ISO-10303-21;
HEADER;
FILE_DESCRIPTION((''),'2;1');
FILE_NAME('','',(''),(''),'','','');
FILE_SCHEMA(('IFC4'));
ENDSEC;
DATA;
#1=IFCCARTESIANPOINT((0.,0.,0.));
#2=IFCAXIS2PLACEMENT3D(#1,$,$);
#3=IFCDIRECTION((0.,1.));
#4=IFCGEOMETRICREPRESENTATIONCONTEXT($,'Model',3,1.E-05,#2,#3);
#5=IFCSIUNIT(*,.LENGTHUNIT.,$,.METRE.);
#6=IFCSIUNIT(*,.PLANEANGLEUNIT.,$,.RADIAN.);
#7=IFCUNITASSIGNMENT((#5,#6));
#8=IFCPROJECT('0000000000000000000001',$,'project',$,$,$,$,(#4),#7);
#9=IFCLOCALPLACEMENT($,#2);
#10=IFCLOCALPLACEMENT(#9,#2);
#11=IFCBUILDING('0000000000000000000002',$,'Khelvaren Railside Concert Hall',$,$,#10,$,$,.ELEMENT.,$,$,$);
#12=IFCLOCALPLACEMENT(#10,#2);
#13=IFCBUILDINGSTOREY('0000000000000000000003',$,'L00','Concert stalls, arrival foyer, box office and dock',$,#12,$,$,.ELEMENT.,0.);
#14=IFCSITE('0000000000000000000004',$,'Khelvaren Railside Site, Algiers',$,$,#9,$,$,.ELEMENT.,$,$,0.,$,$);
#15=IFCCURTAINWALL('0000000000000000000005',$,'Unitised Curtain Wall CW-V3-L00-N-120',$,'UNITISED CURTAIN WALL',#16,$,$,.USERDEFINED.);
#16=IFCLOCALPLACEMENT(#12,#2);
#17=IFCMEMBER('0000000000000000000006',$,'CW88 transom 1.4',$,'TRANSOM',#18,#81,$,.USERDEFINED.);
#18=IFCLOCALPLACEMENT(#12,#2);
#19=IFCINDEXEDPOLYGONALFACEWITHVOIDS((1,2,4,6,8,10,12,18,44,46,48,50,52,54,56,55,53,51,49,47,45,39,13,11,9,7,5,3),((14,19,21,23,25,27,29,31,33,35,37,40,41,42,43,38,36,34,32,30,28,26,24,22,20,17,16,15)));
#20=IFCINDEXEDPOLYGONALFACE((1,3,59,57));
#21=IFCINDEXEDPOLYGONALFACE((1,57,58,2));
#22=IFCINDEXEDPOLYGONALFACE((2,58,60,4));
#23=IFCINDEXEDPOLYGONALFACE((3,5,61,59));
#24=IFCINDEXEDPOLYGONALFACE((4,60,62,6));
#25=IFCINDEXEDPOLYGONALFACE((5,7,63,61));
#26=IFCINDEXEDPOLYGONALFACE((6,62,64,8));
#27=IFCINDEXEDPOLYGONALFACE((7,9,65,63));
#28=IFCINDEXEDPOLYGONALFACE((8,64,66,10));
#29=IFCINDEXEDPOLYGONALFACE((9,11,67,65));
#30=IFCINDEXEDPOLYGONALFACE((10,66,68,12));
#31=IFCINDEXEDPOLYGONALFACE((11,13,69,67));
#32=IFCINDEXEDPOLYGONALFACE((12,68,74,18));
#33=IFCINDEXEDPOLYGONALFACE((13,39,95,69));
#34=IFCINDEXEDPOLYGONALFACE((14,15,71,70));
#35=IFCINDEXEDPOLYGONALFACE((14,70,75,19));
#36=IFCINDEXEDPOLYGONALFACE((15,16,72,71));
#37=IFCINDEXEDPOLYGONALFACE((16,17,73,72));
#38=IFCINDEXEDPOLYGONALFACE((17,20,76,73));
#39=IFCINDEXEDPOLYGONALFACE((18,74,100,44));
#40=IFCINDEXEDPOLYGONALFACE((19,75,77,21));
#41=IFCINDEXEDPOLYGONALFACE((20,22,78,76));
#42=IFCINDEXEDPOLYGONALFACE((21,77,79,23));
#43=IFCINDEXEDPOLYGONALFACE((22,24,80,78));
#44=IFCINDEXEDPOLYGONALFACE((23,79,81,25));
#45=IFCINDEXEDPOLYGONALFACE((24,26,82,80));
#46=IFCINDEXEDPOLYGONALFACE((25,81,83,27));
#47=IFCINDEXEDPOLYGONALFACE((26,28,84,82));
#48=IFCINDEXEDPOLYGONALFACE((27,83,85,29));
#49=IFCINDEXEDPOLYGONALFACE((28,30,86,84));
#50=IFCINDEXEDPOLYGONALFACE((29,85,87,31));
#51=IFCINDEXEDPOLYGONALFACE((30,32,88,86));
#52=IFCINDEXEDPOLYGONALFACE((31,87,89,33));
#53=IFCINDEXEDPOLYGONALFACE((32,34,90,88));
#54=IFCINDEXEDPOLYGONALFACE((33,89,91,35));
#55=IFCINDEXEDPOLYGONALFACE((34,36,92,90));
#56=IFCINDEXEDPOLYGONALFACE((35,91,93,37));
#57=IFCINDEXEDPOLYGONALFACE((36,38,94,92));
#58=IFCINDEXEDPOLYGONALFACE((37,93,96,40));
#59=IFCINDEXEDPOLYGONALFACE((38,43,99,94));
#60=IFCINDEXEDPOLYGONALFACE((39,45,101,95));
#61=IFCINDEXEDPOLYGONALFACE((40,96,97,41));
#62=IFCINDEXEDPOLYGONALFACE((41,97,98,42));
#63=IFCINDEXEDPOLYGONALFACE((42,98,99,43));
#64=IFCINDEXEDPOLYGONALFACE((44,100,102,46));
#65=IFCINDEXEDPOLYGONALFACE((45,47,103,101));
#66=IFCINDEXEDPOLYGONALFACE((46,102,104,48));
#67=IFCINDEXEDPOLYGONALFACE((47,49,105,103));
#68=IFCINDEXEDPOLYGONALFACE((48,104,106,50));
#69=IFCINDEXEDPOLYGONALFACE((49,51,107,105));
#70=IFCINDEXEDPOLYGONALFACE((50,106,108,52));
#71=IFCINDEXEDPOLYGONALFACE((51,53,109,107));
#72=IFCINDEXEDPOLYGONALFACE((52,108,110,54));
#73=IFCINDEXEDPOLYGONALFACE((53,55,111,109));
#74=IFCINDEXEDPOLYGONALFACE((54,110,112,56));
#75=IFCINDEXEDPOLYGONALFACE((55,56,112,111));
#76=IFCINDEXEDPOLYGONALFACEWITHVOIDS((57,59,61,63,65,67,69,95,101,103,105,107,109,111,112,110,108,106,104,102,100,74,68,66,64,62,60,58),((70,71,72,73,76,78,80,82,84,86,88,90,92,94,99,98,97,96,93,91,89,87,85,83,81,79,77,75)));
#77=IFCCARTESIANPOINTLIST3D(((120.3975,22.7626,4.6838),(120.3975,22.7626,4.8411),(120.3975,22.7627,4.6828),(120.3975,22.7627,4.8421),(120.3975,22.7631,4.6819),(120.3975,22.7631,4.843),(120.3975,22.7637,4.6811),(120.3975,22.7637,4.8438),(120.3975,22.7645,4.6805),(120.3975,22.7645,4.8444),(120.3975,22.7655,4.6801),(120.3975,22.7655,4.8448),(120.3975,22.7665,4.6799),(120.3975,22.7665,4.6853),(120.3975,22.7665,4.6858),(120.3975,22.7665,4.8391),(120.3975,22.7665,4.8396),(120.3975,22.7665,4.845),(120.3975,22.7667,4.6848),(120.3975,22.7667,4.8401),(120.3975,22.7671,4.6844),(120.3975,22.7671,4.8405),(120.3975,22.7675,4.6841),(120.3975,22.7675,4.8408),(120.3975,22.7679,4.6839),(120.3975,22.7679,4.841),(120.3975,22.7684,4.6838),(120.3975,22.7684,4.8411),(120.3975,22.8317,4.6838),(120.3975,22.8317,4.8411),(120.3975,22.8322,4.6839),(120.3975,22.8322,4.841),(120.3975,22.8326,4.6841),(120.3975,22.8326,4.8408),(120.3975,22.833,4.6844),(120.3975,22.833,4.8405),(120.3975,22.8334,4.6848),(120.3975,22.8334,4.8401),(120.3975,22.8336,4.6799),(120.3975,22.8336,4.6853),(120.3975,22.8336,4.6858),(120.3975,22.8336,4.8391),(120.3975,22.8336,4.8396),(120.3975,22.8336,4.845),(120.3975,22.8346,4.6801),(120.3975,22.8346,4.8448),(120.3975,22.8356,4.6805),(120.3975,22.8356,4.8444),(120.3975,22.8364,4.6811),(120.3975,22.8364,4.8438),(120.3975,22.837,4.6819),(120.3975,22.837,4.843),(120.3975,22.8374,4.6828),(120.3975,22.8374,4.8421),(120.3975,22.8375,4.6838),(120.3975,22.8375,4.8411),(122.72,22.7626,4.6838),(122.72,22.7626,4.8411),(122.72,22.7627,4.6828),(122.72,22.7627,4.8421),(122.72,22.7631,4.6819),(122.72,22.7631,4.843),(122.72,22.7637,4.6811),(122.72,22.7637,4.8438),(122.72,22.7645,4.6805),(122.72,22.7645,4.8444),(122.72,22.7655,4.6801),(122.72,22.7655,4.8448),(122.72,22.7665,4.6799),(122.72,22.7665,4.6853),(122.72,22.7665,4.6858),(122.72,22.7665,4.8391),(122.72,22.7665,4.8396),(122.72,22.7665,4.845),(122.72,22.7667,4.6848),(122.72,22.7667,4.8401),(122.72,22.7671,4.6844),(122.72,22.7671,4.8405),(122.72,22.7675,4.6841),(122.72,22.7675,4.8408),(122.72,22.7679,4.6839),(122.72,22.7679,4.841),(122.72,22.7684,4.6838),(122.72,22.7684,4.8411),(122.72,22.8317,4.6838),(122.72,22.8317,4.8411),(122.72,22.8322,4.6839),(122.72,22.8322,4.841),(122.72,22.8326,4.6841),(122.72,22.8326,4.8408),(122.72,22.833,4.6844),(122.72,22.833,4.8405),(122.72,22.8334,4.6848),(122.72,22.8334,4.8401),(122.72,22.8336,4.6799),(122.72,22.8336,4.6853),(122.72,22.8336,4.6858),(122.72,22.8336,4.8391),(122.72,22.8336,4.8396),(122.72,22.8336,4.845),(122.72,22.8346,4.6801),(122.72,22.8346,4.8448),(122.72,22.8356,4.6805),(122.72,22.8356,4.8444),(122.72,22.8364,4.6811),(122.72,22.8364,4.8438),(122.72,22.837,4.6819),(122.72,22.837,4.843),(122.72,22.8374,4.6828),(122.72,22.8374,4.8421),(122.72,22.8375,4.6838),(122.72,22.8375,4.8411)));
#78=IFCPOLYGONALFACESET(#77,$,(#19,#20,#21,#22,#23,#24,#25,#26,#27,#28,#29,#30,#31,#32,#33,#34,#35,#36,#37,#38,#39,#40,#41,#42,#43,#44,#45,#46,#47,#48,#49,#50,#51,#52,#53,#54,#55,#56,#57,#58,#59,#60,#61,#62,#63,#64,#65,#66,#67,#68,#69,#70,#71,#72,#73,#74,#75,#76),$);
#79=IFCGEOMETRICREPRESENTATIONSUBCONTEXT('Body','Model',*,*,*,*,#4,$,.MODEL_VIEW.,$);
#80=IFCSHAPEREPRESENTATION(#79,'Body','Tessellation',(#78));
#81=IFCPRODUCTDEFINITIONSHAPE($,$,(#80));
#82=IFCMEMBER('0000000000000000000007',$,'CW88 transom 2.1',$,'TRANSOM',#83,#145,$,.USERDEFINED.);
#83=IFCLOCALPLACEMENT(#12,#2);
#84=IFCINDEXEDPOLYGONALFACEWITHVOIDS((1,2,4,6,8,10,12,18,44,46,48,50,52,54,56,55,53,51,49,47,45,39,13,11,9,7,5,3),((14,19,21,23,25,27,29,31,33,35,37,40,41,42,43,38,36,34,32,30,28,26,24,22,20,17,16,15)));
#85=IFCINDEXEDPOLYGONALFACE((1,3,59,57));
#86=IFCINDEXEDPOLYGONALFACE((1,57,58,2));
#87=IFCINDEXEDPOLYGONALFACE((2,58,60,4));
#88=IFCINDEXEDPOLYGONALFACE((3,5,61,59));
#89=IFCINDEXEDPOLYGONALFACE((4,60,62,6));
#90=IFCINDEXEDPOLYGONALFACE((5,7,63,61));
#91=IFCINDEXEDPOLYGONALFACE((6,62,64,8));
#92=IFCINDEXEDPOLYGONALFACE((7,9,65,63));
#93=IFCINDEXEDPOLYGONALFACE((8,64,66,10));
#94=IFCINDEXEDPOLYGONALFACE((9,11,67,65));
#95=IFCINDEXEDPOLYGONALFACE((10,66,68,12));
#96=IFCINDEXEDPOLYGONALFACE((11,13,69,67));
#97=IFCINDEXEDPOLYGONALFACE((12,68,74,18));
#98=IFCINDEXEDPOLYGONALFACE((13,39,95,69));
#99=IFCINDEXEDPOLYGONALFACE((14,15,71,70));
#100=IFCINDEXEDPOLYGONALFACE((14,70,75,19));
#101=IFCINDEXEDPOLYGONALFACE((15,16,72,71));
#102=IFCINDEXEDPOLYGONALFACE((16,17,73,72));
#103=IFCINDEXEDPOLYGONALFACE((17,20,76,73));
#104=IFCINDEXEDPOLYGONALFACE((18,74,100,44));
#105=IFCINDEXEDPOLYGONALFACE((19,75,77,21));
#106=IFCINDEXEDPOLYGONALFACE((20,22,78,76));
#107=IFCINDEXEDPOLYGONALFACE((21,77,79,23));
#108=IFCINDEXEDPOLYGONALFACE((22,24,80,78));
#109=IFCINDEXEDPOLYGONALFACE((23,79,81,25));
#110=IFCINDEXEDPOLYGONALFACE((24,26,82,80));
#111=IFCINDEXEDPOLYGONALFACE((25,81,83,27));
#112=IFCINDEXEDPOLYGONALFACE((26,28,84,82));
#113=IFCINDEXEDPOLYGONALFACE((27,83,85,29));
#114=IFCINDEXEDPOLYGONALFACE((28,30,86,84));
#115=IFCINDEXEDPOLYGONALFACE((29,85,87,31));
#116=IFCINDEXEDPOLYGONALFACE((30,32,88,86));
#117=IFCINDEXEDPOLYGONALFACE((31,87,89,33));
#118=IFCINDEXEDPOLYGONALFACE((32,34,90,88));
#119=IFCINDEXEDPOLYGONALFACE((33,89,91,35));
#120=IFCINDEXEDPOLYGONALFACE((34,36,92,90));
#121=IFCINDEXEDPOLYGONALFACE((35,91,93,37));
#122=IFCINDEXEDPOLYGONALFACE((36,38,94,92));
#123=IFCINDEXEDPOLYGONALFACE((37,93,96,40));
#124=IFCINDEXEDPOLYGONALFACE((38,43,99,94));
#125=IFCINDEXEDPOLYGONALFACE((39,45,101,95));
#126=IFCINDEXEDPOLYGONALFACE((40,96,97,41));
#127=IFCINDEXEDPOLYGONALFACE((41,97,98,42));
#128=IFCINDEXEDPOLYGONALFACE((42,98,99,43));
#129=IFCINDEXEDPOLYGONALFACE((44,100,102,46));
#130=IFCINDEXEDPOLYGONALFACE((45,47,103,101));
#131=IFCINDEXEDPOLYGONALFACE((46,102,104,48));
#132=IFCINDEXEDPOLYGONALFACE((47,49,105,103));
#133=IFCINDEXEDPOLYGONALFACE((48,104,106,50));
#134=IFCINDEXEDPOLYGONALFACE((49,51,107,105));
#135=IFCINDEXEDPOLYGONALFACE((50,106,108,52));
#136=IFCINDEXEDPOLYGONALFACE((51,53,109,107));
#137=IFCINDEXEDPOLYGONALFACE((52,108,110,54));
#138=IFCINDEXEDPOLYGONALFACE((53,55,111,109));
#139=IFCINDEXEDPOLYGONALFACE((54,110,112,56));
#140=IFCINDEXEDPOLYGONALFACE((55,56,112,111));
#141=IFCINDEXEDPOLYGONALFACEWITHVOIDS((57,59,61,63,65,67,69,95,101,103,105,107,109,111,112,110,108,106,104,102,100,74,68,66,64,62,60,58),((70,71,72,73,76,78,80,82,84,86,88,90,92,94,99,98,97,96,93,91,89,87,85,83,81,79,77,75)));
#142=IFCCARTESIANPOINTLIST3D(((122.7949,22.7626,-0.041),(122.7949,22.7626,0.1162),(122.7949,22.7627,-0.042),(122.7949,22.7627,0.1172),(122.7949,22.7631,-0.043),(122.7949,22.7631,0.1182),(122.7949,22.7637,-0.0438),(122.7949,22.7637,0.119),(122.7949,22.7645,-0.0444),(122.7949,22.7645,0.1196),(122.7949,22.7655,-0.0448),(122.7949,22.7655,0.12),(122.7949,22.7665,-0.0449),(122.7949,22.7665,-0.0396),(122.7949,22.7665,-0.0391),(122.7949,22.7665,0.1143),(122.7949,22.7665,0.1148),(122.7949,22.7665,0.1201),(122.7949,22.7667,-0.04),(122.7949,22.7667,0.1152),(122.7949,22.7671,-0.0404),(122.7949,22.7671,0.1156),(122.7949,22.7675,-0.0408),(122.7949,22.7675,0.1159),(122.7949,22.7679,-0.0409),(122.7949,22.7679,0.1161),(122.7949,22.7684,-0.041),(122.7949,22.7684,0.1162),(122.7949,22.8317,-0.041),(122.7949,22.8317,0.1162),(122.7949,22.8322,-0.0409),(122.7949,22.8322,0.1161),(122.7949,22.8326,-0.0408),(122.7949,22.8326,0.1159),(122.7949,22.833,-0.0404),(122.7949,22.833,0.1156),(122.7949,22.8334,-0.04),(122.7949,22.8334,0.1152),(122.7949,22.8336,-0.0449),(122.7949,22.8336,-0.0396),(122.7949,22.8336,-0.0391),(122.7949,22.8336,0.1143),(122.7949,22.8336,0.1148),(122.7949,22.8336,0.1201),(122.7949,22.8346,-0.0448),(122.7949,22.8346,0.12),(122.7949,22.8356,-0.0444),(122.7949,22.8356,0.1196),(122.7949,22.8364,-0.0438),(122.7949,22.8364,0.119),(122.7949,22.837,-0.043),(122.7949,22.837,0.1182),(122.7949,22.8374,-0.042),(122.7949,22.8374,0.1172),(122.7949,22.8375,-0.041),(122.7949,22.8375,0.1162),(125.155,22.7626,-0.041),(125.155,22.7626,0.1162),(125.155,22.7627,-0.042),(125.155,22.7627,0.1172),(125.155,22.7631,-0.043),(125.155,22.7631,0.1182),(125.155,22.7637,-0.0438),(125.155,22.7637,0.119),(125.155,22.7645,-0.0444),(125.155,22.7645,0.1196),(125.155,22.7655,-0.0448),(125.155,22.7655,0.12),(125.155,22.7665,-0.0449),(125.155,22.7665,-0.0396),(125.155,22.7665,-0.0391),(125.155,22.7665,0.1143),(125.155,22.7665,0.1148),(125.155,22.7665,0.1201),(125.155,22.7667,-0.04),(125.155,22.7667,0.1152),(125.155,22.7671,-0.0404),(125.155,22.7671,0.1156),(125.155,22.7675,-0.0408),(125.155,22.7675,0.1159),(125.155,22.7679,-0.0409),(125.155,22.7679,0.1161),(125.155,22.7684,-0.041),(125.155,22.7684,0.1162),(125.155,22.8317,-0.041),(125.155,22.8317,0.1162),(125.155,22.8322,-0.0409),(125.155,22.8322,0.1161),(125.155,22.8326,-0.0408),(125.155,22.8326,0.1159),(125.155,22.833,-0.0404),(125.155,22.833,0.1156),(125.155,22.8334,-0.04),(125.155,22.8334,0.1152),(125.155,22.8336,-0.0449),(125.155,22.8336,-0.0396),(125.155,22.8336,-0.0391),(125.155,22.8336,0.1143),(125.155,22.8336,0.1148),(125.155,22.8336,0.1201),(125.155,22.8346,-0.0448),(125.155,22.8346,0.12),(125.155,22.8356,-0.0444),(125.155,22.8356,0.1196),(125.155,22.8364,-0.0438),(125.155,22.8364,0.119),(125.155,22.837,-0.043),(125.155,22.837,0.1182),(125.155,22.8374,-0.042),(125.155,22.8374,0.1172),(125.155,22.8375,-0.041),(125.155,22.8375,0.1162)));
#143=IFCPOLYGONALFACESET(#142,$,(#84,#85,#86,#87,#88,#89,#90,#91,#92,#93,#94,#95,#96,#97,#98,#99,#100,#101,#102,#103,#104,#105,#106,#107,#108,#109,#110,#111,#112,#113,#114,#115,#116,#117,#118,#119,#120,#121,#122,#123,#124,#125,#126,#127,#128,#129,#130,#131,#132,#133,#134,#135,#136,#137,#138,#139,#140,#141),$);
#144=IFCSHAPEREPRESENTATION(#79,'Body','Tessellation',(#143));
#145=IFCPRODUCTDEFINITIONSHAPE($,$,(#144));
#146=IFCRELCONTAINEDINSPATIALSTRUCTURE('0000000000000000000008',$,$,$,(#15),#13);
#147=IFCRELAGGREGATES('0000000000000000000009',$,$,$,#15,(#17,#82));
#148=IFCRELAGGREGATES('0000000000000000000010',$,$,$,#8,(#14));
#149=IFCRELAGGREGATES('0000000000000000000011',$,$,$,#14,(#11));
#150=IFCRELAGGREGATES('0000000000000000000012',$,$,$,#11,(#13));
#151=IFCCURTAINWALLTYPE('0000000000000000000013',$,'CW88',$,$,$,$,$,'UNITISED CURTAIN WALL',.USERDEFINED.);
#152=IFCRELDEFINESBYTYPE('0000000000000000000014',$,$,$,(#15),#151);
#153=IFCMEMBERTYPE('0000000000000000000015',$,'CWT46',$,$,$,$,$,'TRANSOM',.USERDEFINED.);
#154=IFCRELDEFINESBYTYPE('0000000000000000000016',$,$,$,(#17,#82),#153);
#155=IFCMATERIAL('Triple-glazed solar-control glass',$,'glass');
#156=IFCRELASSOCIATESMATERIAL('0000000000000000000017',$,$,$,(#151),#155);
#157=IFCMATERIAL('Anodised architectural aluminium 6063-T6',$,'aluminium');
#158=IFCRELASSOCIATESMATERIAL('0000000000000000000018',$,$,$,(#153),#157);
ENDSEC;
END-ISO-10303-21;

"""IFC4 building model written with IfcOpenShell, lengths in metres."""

from ifc_helpers import new_model, si_unit, direction, frame, origin, origin_2d, place, context, subcontext, project, spatial, hollow_rectangle, extrude, material, material_profile, profile_set, type_object, element, aggregate, save


model = new_model("IFC4")

# Units and contexts
model_context = context("Model", 3, precision=1e-05, world=origin(), true_north=direction((0.0, 1.0)))
body_context = subcontext(model_context, "Body", "Model", "MODEL_VIEW")
ifc_project = project(units=[si_unit("LENGTHUNIT", "METRE"), si_unit("PLANEANGLEUNIT", "RADIAN")], contexts=[model_context])

# Site, building, storey
site_placement = place(None, origin())
site = spatial("IfcSite", under=ifc_project, at=site_placement, Name="Khelvaren Railside Site, Algiers", CompositionType="ELEMENT", RefElevation=0.0)
building_placement = place(site_placement, origin())
building = spatial("IfcBuilding", under=site, at=building_placement, Name="Khelvaren Railside Concert Hall", CompositionType="ELEMENT")
storey_placement = place(building_placement, origin())
storey = spatial("IfcBuildingStorey", under=building, at=storey_placement, Name="L00", Description="Concert stalls, arrival foyer, box office and dock", CompositionType="ELEMENT", Elevation=0.0)

# Curtain wall
ifc_material_1 = material(Name="Triple-glazed solar-control glass", Category="glass")
ifc_material_2 = material(Name="Anodised architectural aluminium 6063-T6", Category="aluminium")
curtain_wall_type_1 = type_object("IfcCurtainWallType", Name="CW88", ElementType="UNITISED CURTAIN WALL", PredefinedType="USERDEFINED", material=ifc_material_1)
curtain_wall_1_placement = place(storey_placement, origin())
curtain_wall_1 = element("IfcCurtainWall", 1, at=curtain_wall_1_placement, inside=storey, type_object=curtain_wall_type_1, Name="Unitised Curtain Wall CW-V3-L00-N-120", ObjectType="UNITISED CURTAIN WALL", PredefinedType="USERDEFINED")

# Members
ifc_material_profile_1 = material_profile(ifc_material_2, hollow_rectangle(XDim=0.075, YDim=0.165, WallThickness=0.0039, InnerFilletRadius=0.002, OuterFilletRadius=0.0039, at=origin_2d()), Name="CWT 75x165x4")
ifc_profile_set_1 = profile_set([ifc_material_profile_1], Name="Anodised architectural aluminium 6063-T6")
member_type_1 = type_object("IfcMemberType", Name="CWT46", ElementType="TRANSOM", PredefinedType="USERDEFINED", material=ifc_profile_set_1)
member_1_placement = place(storey_placement, frame((120.3975, 22.8, 4.7625), z_axis=(1.0, 0.0, 0.0), x_axis=(0.0, 1.0, 0.0)))
member_1 = element("IfcMember", 2, at=member_1_placement, type_object=member_type_1, Name="CW88 transom 1.4", ObjectType="TRANSOM", PredefinedType="USERDEFINED", context=body_context, shape_type="SweptSolid", body=[
    extrude(hollow_rectangle(XDim=0.075, YDim=0.165, WallThickness=0.0039, InnerFilletRadius=0.002, OuterFilletRadius=0.0039, at=origin_2d()), origin(), (0.0, 0.0, 1.0), 2.3225),
])
member_2_placement = place(storey_placement, frame((122.7949, 22.8, 0.0376), z_axis=(1.0, 0.0, 0.0), x_axis=(0.0, 1.0, 0.0)))
member_2 = element("IfcMember", 3, at=member_2_placement, type_object=member_type_1, Name="CW88 transom 2.1", ObjectType="TRANSOM", PredefinedType="USERDEFINED", context=body_context, shape_type="SweptSolid", body=[
    extrude(hollow_rectangle(XDim=0.075, YDim=0.165, WallThickness=0.0039, InnerFilletRadius=0.002, OuterFilletRadius=0.0039, at=origin_2d()), origin(), (0.0, 0.0, 1.0), 2.3601),
])

aggregate(curtain_wall_1, [member_1, member_2])

save(model, "model.ifc")
